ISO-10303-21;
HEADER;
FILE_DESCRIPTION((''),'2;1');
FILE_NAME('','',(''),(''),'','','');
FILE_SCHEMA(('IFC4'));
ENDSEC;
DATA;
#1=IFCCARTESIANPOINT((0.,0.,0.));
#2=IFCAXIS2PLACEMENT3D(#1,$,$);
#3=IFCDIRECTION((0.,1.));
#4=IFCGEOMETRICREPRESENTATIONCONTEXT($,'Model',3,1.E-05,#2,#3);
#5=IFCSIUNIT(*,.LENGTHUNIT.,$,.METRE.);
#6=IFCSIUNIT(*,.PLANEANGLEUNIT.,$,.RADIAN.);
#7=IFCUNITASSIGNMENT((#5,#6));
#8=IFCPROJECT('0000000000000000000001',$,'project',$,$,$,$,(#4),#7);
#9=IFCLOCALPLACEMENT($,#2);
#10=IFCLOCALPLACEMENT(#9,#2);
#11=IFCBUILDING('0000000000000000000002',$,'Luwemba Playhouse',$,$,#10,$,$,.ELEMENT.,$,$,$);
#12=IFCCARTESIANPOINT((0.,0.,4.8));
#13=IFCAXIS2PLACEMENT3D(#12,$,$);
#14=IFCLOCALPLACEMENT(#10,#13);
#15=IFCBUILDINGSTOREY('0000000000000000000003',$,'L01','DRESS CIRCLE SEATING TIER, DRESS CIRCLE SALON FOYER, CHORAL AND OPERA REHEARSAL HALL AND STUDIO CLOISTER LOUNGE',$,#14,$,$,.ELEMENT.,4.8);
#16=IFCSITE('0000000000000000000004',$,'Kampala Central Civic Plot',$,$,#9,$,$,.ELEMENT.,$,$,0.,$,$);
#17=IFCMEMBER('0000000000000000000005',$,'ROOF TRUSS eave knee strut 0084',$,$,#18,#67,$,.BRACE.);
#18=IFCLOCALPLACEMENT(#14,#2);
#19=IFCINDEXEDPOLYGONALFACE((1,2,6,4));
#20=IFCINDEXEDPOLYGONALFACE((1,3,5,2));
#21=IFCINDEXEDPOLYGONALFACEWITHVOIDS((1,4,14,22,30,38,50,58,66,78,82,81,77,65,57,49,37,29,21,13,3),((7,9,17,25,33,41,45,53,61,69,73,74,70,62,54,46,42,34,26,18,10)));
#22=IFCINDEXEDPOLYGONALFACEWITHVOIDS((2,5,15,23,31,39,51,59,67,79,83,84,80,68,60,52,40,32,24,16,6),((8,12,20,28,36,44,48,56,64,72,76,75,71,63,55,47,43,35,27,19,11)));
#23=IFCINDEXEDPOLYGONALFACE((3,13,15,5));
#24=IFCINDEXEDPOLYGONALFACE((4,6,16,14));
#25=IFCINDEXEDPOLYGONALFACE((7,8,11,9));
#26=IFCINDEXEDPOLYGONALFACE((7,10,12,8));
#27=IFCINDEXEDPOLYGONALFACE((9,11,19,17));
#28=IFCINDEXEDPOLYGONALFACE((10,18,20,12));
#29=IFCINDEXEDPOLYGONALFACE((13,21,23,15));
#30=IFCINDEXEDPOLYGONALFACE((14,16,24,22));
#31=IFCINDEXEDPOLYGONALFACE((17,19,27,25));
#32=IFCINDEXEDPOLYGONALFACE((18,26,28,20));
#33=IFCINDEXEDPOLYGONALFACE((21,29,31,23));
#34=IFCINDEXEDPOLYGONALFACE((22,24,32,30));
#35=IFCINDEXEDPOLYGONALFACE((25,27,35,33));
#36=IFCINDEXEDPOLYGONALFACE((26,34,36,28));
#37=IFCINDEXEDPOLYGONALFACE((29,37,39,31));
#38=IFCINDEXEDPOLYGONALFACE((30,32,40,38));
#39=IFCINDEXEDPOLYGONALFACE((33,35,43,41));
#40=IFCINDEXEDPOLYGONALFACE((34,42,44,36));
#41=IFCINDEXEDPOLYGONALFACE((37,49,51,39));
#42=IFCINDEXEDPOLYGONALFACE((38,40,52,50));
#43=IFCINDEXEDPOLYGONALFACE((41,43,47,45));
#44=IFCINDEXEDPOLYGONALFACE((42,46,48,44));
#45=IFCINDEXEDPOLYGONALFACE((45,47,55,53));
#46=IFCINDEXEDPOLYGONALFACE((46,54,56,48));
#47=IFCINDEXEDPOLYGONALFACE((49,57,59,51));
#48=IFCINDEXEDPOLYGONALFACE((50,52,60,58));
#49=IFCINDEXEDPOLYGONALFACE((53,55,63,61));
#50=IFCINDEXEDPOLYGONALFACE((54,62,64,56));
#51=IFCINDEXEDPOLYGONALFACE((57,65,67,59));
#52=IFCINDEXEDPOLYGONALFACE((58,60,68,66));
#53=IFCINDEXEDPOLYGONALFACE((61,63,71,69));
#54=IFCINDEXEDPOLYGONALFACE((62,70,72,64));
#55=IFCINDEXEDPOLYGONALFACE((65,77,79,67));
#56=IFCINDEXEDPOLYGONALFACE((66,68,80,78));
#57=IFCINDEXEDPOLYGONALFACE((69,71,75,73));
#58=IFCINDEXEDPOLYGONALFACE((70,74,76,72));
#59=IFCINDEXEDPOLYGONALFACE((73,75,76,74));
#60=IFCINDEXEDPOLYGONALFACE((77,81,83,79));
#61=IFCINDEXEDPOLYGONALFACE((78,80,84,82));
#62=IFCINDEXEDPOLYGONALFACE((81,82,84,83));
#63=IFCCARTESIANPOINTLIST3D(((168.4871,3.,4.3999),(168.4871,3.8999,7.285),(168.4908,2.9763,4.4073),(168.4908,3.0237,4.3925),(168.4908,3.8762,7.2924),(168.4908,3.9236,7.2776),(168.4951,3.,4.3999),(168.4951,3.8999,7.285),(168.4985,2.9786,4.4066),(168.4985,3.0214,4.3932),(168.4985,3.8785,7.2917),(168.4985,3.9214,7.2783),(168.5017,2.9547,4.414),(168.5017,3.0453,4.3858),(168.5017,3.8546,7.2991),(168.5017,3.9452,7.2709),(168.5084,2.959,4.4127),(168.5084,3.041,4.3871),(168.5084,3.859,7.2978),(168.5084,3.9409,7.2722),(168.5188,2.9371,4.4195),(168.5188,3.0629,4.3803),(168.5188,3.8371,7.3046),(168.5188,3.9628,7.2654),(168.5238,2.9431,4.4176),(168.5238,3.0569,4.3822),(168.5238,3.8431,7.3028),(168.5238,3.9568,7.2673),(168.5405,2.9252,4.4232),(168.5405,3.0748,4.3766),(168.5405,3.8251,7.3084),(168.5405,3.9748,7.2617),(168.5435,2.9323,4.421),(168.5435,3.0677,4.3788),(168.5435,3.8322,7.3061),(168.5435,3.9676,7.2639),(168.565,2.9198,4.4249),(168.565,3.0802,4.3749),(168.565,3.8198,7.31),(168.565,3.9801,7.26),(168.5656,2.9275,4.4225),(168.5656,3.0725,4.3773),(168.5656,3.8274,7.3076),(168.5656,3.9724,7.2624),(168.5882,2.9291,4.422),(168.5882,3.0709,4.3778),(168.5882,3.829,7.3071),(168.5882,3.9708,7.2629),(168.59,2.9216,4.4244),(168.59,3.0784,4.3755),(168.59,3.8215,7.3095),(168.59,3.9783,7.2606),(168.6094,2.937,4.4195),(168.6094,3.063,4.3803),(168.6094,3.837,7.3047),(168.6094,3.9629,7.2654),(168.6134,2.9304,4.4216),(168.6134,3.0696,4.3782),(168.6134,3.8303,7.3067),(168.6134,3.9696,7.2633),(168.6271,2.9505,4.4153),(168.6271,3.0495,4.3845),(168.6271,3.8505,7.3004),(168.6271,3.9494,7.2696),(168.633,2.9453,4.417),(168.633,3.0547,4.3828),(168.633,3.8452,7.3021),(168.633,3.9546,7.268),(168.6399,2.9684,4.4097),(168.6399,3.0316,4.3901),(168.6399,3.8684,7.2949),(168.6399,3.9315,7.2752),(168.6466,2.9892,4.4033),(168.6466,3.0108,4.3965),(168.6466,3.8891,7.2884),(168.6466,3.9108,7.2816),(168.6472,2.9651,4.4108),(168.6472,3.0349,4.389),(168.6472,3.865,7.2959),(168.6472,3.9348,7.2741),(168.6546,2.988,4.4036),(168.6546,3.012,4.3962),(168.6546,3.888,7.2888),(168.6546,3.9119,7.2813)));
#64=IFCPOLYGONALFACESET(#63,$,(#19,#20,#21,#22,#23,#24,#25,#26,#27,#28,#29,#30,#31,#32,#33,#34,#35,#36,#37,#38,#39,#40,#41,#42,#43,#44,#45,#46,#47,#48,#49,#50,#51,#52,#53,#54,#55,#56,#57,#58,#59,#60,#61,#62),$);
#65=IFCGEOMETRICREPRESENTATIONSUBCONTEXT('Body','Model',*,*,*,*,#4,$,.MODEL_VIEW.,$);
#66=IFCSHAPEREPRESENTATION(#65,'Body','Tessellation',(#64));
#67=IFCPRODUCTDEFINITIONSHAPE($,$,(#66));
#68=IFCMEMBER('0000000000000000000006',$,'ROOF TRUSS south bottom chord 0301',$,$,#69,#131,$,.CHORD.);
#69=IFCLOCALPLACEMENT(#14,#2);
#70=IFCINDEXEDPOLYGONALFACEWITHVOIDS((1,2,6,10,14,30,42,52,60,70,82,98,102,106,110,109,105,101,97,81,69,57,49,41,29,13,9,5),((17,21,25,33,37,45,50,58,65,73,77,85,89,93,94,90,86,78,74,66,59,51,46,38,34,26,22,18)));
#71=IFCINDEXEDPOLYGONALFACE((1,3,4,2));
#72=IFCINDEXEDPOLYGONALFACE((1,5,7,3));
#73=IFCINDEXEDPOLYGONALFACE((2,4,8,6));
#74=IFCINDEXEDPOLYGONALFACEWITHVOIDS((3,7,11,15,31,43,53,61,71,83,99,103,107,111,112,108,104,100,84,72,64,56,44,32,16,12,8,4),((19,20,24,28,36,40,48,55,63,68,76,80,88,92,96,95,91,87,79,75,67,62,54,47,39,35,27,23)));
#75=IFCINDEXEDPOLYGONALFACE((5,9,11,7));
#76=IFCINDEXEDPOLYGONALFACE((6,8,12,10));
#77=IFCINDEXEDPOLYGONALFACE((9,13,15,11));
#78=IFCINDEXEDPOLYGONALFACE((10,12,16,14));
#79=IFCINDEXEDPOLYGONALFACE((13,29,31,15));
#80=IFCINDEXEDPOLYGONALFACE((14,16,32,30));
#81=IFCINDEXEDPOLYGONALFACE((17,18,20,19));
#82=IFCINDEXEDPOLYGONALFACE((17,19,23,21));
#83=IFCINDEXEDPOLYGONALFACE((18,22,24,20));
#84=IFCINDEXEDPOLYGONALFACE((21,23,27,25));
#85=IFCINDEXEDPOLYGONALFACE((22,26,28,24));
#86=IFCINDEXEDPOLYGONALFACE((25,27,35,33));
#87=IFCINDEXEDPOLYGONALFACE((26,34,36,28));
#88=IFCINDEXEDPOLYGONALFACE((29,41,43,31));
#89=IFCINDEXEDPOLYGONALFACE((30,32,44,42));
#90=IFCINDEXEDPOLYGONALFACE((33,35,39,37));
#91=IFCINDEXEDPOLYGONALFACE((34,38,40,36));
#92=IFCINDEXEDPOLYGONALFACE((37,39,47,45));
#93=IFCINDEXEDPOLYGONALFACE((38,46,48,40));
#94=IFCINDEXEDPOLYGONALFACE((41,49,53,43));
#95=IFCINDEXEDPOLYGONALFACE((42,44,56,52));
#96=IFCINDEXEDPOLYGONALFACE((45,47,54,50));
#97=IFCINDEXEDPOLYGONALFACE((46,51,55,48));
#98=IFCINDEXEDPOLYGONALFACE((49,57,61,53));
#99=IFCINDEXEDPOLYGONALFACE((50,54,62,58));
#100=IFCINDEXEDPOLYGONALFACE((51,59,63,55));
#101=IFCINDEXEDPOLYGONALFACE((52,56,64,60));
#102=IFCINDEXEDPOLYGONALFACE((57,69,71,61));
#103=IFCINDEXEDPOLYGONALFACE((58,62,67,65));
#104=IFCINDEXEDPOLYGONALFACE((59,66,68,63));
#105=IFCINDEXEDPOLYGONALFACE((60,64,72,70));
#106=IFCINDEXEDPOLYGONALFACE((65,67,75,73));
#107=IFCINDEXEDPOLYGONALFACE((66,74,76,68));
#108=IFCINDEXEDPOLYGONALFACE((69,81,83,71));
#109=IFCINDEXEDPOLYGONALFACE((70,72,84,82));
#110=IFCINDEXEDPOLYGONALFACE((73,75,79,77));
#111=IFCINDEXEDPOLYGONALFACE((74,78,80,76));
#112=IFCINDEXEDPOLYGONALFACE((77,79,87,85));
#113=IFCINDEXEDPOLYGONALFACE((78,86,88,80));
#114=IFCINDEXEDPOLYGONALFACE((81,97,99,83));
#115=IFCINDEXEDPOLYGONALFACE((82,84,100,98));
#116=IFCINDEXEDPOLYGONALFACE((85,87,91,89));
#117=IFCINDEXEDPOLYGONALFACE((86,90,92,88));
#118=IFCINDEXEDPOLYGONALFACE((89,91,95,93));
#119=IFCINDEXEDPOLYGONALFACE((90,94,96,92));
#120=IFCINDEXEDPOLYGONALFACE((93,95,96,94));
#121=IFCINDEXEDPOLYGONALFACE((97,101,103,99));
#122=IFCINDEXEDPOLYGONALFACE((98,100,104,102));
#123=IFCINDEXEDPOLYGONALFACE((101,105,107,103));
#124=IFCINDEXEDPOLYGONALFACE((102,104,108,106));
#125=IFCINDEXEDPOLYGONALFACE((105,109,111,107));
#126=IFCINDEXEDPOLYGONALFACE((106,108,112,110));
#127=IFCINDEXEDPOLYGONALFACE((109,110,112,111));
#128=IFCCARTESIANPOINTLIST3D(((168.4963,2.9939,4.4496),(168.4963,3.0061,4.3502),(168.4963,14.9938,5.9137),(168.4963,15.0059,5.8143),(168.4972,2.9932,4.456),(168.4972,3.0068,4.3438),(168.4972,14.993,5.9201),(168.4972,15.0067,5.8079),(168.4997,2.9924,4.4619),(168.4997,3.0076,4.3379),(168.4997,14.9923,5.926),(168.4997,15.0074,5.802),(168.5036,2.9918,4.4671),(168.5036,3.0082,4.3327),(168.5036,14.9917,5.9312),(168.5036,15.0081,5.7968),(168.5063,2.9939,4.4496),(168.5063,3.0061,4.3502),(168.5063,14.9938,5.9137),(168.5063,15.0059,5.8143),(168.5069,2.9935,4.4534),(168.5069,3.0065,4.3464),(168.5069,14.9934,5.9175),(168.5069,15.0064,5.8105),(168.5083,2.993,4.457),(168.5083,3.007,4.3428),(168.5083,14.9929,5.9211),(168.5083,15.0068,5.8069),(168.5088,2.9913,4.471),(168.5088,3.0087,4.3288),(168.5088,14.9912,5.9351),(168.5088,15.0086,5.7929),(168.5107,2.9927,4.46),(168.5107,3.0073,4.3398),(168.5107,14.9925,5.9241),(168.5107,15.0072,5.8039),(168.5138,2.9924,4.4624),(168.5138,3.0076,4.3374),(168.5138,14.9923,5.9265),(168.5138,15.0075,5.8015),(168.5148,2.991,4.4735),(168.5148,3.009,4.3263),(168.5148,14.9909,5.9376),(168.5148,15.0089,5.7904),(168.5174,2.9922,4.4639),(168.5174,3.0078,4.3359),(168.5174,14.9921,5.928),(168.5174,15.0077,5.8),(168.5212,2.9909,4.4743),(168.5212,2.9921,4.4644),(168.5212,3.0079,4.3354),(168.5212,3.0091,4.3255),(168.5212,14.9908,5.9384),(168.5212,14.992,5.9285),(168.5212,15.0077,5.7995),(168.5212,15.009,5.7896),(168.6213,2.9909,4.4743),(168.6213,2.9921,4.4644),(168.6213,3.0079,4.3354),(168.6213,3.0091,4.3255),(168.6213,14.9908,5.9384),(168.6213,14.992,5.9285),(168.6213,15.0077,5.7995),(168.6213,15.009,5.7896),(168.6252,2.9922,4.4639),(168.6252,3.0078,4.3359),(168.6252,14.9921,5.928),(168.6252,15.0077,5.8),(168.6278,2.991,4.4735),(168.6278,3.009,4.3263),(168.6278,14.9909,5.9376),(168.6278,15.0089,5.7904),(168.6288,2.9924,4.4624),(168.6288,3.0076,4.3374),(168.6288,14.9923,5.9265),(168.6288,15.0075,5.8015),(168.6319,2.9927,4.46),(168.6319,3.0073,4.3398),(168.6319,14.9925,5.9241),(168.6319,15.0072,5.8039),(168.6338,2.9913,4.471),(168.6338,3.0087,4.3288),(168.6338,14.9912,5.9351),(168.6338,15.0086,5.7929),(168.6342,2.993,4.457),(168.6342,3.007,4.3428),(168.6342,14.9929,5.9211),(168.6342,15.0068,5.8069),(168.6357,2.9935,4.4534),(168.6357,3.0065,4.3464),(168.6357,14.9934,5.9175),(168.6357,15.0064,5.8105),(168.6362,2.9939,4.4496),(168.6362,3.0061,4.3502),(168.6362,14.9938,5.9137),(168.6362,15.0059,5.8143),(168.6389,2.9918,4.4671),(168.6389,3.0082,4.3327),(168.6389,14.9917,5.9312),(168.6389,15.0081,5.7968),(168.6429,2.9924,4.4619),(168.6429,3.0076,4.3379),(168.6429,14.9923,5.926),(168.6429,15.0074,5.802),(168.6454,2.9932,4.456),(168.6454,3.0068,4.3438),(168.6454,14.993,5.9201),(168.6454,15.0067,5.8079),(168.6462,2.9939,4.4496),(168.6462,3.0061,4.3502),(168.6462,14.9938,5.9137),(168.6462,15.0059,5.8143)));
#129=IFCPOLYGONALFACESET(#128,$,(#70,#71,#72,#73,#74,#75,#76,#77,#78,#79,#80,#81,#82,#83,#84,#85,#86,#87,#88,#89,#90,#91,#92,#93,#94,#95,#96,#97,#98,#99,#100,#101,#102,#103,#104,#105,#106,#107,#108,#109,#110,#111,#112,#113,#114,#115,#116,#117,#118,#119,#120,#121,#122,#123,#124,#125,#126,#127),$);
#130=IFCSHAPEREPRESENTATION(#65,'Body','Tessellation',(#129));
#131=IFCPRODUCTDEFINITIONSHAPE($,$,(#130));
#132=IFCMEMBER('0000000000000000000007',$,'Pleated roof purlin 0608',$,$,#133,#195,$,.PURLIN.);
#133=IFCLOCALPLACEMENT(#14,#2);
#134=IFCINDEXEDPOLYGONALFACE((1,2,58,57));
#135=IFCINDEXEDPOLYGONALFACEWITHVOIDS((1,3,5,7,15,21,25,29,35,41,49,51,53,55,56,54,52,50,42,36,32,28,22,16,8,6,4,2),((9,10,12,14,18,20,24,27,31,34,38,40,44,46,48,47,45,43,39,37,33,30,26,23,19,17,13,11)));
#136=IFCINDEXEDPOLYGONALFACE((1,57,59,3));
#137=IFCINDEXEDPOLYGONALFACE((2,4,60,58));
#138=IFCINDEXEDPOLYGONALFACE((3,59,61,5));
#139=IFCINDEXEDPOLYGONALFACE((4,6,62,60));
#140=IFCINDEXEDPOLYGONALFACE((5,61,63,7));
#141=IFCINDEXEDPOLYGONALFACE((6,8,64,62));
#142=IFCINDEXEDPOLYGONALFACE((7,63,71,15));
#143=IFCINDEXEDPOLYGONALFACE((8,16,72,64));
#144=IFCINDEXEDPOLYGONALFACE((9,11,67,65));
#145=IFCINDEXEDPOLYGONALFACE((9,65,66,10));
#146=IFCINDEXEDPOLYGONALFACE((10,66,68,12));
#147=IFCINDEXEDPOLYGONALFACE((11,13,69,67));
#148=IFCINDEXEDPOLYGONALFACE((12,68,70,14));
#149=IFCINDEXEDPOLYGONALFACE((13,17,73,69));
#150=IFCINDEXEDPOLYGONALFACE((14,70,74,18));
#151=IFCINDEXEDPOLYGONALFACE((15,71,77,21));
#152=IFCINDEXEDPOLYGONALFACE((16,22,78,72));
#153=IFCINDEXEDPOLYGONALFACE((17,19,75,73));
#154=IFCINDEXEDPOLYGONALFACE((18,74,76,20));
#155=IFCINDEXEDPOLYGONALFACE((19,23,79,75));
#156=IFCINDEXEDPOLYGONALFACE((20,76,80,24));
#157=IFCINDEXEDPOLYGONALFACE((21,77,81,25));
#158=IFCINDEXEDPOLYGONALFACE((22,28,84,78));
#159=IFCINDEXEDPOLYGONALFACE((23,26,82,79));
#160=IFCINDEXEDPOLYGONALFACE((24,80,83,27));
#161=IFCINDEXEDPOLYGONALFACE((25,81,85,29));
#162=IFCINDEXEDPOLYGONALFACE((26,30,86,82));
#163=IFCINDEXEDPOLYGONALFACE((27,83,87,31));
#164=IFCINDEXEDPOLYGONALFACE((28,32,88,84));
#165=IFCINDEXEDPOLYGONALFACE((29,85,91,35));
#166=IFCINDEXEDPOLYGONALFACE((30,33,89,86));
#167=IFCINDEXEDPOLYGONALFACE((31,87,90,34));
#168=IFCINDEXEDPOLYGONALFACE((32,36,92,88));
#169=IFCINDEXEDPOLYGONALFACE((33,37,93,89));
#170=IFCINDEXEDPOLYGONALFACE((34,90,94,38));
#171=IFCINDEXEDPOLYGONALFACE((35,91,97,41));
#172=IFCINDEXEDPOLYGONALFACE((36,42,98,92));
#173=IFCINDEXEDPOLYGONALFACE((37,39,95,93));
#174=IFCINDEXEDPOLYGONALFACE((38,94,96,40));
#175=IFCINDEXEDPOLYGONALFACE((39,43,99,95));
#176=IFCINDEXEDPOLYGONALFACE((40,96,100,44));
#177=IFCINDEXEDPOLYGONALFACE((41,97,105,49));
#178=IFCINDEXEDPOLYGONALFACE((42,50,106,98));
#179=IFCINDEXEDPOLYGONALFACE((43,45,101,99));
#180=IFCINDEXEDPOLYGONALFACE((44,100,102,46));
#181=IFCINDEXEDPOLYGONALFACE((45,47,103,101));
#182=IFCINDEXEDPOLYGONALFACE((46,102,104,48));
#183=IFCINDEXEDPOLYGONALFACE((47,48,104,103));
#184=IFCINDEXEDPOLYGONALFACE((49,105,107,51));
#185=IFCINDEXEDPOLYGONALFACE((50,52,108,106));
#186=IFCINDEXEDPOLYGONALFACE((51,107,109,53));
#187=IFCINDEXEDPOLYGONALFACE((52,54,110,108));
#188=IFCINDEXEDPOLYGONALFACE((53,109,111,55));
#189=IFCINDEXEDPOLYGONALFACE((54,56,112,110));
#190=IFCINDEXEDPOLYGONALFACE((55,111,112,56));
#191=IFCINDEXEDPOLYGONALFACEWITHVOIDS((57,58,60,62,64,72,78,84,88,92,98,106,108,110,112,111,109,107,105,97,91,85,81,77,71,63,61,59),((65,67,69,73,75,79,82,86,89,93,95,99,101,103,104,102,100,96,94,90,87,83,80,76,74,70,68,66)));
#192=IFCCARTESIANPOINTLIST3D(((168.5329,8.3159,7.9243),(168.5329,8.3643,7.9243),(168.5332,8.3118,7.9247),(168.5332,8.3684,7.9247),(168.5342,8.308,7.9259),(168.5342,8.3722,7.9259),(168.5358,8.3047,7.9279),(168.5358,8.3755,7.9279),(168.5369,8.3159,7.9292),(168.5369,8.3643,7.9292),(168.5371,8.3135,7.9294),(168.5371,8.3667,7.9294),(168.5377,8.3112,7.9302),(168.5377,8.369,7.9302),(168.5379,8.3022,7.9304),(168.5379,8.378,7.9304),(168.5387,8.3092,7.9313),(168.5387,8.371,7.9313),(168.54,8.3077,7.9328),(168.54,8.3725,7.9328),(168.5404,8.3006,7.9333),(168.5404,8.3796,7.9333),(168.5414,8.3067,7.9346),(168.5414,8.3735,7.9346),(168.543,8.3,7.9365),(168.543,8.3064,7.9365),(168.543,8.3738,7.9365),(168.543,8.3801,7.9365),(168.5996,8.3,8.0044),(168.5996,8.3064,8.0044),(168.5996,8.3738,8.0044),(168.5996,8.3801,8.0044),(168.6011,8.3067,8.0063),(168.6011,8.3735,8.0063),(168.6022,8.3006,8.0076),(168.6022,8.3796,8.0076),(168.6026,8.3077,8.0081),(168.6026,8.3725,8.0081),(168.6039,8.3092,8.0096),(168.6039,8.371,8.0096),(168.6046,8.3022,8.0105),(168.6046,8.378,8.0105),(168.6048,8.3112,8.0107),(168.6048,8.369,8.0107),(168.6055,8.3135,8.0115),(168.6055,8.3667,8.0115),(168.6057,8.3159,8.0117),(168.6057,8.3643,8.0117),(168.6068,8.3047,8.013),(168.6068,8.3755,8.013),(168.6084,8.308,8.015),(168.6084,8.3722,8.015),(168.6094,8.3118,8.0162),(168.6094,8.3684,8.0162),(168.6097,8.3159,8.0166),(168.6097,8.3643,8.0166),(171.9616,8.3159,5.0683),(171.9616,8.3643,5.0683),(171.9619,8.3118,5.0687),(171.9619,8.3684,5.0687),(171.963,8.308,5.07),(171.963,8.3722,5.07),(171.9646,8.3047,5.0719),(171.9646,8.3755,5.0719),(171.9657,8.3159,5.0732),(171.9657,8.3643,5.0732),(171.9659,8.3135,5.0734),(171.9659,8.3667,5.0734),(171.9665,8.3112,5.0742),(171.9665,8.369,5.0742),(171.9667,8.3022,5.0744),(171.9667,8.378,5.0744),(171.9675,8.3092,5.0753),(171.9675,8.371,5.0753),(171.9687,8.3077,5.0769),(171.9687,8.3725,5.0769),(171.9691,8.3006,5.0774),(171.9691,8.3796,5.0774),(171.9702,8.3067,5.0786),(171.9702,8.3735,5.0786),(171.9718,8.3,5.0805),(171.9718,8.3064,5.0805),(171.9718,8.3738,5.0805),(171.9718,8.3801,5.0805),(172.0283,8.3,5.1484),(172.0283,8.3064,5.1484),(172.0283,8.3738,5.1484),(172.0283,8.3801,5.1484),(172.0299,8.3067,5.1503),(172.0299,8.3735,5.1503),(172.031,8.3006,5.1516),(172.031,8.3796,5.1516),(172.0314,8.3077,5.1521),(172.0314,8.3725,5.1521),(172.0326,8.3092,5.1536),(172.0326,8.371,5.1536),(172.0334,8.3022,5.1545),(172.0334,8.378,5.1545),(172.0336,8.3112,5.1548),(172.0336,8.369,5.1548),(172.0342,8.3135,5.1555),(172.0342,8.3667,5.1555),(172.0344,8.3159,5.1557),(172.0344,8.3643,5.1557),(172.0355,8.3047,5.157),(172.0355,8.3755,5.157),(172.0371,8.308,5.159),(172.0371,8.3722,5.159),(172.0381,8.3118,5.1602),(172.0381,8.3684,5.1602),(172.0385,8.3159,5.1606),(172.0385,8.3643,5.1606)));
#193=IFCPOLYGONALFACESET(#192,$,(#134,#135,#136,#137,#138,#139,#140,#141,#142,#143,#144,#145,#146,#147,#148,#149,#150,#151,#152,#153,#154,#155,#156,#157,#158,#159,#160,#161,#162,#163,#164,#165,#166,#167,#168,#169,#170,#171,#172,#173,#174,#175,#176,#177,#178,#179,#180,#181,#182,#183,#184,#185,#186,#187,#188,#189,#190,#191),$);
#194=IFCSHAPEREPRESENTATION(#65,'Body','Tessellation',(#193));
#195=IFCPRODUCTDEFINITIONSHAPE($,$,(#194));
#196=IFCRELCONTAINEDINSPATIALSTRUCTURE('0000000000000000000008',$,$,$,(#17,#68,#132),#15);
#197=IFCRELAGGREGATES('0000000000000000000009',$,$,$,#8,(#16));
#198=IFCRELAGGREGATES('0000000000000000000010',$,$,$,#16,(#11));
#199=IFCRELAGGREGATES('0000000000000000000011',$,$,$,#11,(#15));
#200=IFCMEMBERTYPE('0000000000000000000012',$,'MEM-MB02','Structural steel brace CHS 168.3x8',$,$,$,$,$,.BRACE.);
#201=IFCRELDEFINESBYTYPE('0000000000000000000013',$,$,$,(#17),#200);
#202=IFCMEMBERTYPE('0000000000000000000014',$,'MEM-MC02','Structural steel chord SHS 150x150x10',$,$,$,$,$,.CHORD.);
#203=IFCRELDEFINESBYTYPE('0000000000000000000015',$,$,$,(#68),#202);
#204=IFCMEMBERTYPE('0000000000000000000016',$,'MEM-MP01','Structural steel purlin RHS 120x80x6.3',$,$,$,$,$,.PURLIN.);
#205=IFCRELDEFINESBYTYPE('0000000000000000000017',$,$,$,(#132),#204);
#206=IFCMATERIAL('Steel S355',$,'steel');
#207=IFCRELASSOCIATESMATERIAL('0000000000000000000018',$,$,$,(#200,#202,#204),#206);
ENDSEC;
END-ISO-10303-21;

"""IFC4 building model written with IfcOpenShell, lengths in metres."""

from ifc_helpers import new_model, si_unit, direction, frame, origin, origin_2d, place, context, subcontext, project, spatial, hollow_rectangle, hollow_circle, extrude, material, material_profile, profile_set, type_object, element, save


model = new_model("IFC4")

# Units and contexts
model_context = context("Model", 3, precision=1e-05, world=origin(), true_north=direction((0.0, 1.0)))
body_context = subcontext(model_context, "Body", "Model", "MODEL_VIEW")
ifc_project = project(units=[si_unit("LENGTHUNIT", "METRE"), si_unit("PLANEANGLEUNIT", "RADIAN")], contexts=[model_context])

# Site, building, storey
site_placement = place(None, origin())
site = spatial("IfcSite", under=ifc_project, at=site_placement, Name="Kampala Central Civic Plot", CompositionType="ELEMENT", RefElevation=0.0)
building_placement = place(site_placement, origin())
building = spatial("IfcBuilding", under=site, at=building_placement, Name="Luwemba Playhouse", CompositionType="ELEMENT")
storey_placement = place(building_placement, frame((0.0, 0.0, 4.8)))
storey = spatial("IfcBuildingStorey", under=building, at=storey_placement, Name="L01", Description="DRESS CIRCLE SEATING TIER, DRESS CIRCLE SALON FOYER, CHORAL AND OPERA REHEARSAL HALL AND STUDIO CLOISTER LOUNGE", CompositionType="ELEMENT", Elevation=4.8)

# Shared definitions
ifc_material_1 = material(Name="Steel S355", Category="steel")

# Members
ifc_material_profile_1 = material_profile(ifc_material_1, hollow_circle(Radius=0.0842, WallThickness=0.0081, at=origin_2d()))
ifc_profile_set_1 = profile_set([ifc_material_profile_1], Name="Steel S355")
member_type_1 = type_object("IfcMemberType", Name="MEM-MB02", Description="Structural steel brace CHS 168.3x8", PredefinedType="BRACE", material=ifc_profile_set_1)
member_1_placement = place(storey_placement, frame((168.5713, 3.0, 4.3999), z_axis=(0.0, 0.297774, 0.954637), x_axis=(-1.0, 0.0, 0.0)))
element("IfcMember", 1, at=member_1_placement, inside=storey, type_object=member_type_1, Name="ROOF TRUSS eave knee strut 0084", PredefinedType="BRACE", context=body_context, shape_type="SweptSolid", body=[
    extrude(hollow_circle(Radius=0.0842, WallThickness=0.0081, at=origin_2d()), origin(), (0.0, 0.0, 1.0), 3.0222),
])
ifc_material_profile_2 = material_profile(ifc_material_1, hollow_rectangle(XDim=0.1499, YDim=0.1499, WallThickness=0.01, InnerFilletRadius=0.0149, OuterFilletRadius=0.0249, at=origin_2d()))
ifc_profile_set_2 = profile_set([ifc_material_profile_2], Name="Steel S355")
member_type_2 = type_object("IfcMemberType", Name="MEM-MC02", Description="Structural steel chord SHS 150x150x10", PredefinedType="CHORD", material=ifc_profile_set_2)
member_2_placement = place(storey_placement, frame((168.5713, 3.0, 4.3999), z_axis=(0.0, 0.992639, 0.121111), x_axis=(-1.0, 0.0, 0.0)))
element("IfcMember", 2, at=member_2_placement, inside=storey, type_object=member_type_2, Name="ROOF TRUSS south bottom chord 0301", PredefinedType="CHORD", context=body_context, shape_type="SweptSolid", body=[
    extrude(hollow_rectangle(XDim=0.1499, YDim=0.1499, WallThickness=0.01, InnerFilletRadius=0.0149, OuterFilletRadius=0.0249, at=origin_2d()), origin(), (0.0, 0.0, 1.0), 12.0889),
])
ifc_material_profile_3 = material_profile(ifc_material_1, hollow_rectangle(XDim=0.0801, YDim=0.1201, WallThickness=0.0063, InnerFilletRadius=0.0095, OuterFilletRadius=0.0159, at=origin_2d()))
ifc_profile_set_3 = profile_set([ifc_material_profile_3], Name="Steel S355")
member_type_3 = type_object("IfcMemberType", Name="MEM-MP01", Description="Structural steel purlin RHS 120x80x6.3", PredefinedType="PURLIN", material=ifc_profile_set_3)
member_3_placement = place(storey_placement, frame((168.5713, 8.3401, 7.9705), z_axis=(0.768365, 0.0, -0.640012), x_axis=(0.0, 1.0, 0.0)))
element("IfcMember", 3, at=member_3_placement, inside=storey, type_object=member_type_3, Name="Pleated roof purlin 0608", PredefinedType="PURLIN", context=body_context, shape_type="SweptSolid", body=[
    extrude(hollow_rectangle(XDim=0.0801, YDim=0.1201, WallThickness=0.0063, InnerFilletRadius=0.0095, OuterFilletRadius=0.0159, at=origin_2d()), origin(), (0.0, 0.0, 1.0), 4.4624),
])

save(model, "model.ifc")
